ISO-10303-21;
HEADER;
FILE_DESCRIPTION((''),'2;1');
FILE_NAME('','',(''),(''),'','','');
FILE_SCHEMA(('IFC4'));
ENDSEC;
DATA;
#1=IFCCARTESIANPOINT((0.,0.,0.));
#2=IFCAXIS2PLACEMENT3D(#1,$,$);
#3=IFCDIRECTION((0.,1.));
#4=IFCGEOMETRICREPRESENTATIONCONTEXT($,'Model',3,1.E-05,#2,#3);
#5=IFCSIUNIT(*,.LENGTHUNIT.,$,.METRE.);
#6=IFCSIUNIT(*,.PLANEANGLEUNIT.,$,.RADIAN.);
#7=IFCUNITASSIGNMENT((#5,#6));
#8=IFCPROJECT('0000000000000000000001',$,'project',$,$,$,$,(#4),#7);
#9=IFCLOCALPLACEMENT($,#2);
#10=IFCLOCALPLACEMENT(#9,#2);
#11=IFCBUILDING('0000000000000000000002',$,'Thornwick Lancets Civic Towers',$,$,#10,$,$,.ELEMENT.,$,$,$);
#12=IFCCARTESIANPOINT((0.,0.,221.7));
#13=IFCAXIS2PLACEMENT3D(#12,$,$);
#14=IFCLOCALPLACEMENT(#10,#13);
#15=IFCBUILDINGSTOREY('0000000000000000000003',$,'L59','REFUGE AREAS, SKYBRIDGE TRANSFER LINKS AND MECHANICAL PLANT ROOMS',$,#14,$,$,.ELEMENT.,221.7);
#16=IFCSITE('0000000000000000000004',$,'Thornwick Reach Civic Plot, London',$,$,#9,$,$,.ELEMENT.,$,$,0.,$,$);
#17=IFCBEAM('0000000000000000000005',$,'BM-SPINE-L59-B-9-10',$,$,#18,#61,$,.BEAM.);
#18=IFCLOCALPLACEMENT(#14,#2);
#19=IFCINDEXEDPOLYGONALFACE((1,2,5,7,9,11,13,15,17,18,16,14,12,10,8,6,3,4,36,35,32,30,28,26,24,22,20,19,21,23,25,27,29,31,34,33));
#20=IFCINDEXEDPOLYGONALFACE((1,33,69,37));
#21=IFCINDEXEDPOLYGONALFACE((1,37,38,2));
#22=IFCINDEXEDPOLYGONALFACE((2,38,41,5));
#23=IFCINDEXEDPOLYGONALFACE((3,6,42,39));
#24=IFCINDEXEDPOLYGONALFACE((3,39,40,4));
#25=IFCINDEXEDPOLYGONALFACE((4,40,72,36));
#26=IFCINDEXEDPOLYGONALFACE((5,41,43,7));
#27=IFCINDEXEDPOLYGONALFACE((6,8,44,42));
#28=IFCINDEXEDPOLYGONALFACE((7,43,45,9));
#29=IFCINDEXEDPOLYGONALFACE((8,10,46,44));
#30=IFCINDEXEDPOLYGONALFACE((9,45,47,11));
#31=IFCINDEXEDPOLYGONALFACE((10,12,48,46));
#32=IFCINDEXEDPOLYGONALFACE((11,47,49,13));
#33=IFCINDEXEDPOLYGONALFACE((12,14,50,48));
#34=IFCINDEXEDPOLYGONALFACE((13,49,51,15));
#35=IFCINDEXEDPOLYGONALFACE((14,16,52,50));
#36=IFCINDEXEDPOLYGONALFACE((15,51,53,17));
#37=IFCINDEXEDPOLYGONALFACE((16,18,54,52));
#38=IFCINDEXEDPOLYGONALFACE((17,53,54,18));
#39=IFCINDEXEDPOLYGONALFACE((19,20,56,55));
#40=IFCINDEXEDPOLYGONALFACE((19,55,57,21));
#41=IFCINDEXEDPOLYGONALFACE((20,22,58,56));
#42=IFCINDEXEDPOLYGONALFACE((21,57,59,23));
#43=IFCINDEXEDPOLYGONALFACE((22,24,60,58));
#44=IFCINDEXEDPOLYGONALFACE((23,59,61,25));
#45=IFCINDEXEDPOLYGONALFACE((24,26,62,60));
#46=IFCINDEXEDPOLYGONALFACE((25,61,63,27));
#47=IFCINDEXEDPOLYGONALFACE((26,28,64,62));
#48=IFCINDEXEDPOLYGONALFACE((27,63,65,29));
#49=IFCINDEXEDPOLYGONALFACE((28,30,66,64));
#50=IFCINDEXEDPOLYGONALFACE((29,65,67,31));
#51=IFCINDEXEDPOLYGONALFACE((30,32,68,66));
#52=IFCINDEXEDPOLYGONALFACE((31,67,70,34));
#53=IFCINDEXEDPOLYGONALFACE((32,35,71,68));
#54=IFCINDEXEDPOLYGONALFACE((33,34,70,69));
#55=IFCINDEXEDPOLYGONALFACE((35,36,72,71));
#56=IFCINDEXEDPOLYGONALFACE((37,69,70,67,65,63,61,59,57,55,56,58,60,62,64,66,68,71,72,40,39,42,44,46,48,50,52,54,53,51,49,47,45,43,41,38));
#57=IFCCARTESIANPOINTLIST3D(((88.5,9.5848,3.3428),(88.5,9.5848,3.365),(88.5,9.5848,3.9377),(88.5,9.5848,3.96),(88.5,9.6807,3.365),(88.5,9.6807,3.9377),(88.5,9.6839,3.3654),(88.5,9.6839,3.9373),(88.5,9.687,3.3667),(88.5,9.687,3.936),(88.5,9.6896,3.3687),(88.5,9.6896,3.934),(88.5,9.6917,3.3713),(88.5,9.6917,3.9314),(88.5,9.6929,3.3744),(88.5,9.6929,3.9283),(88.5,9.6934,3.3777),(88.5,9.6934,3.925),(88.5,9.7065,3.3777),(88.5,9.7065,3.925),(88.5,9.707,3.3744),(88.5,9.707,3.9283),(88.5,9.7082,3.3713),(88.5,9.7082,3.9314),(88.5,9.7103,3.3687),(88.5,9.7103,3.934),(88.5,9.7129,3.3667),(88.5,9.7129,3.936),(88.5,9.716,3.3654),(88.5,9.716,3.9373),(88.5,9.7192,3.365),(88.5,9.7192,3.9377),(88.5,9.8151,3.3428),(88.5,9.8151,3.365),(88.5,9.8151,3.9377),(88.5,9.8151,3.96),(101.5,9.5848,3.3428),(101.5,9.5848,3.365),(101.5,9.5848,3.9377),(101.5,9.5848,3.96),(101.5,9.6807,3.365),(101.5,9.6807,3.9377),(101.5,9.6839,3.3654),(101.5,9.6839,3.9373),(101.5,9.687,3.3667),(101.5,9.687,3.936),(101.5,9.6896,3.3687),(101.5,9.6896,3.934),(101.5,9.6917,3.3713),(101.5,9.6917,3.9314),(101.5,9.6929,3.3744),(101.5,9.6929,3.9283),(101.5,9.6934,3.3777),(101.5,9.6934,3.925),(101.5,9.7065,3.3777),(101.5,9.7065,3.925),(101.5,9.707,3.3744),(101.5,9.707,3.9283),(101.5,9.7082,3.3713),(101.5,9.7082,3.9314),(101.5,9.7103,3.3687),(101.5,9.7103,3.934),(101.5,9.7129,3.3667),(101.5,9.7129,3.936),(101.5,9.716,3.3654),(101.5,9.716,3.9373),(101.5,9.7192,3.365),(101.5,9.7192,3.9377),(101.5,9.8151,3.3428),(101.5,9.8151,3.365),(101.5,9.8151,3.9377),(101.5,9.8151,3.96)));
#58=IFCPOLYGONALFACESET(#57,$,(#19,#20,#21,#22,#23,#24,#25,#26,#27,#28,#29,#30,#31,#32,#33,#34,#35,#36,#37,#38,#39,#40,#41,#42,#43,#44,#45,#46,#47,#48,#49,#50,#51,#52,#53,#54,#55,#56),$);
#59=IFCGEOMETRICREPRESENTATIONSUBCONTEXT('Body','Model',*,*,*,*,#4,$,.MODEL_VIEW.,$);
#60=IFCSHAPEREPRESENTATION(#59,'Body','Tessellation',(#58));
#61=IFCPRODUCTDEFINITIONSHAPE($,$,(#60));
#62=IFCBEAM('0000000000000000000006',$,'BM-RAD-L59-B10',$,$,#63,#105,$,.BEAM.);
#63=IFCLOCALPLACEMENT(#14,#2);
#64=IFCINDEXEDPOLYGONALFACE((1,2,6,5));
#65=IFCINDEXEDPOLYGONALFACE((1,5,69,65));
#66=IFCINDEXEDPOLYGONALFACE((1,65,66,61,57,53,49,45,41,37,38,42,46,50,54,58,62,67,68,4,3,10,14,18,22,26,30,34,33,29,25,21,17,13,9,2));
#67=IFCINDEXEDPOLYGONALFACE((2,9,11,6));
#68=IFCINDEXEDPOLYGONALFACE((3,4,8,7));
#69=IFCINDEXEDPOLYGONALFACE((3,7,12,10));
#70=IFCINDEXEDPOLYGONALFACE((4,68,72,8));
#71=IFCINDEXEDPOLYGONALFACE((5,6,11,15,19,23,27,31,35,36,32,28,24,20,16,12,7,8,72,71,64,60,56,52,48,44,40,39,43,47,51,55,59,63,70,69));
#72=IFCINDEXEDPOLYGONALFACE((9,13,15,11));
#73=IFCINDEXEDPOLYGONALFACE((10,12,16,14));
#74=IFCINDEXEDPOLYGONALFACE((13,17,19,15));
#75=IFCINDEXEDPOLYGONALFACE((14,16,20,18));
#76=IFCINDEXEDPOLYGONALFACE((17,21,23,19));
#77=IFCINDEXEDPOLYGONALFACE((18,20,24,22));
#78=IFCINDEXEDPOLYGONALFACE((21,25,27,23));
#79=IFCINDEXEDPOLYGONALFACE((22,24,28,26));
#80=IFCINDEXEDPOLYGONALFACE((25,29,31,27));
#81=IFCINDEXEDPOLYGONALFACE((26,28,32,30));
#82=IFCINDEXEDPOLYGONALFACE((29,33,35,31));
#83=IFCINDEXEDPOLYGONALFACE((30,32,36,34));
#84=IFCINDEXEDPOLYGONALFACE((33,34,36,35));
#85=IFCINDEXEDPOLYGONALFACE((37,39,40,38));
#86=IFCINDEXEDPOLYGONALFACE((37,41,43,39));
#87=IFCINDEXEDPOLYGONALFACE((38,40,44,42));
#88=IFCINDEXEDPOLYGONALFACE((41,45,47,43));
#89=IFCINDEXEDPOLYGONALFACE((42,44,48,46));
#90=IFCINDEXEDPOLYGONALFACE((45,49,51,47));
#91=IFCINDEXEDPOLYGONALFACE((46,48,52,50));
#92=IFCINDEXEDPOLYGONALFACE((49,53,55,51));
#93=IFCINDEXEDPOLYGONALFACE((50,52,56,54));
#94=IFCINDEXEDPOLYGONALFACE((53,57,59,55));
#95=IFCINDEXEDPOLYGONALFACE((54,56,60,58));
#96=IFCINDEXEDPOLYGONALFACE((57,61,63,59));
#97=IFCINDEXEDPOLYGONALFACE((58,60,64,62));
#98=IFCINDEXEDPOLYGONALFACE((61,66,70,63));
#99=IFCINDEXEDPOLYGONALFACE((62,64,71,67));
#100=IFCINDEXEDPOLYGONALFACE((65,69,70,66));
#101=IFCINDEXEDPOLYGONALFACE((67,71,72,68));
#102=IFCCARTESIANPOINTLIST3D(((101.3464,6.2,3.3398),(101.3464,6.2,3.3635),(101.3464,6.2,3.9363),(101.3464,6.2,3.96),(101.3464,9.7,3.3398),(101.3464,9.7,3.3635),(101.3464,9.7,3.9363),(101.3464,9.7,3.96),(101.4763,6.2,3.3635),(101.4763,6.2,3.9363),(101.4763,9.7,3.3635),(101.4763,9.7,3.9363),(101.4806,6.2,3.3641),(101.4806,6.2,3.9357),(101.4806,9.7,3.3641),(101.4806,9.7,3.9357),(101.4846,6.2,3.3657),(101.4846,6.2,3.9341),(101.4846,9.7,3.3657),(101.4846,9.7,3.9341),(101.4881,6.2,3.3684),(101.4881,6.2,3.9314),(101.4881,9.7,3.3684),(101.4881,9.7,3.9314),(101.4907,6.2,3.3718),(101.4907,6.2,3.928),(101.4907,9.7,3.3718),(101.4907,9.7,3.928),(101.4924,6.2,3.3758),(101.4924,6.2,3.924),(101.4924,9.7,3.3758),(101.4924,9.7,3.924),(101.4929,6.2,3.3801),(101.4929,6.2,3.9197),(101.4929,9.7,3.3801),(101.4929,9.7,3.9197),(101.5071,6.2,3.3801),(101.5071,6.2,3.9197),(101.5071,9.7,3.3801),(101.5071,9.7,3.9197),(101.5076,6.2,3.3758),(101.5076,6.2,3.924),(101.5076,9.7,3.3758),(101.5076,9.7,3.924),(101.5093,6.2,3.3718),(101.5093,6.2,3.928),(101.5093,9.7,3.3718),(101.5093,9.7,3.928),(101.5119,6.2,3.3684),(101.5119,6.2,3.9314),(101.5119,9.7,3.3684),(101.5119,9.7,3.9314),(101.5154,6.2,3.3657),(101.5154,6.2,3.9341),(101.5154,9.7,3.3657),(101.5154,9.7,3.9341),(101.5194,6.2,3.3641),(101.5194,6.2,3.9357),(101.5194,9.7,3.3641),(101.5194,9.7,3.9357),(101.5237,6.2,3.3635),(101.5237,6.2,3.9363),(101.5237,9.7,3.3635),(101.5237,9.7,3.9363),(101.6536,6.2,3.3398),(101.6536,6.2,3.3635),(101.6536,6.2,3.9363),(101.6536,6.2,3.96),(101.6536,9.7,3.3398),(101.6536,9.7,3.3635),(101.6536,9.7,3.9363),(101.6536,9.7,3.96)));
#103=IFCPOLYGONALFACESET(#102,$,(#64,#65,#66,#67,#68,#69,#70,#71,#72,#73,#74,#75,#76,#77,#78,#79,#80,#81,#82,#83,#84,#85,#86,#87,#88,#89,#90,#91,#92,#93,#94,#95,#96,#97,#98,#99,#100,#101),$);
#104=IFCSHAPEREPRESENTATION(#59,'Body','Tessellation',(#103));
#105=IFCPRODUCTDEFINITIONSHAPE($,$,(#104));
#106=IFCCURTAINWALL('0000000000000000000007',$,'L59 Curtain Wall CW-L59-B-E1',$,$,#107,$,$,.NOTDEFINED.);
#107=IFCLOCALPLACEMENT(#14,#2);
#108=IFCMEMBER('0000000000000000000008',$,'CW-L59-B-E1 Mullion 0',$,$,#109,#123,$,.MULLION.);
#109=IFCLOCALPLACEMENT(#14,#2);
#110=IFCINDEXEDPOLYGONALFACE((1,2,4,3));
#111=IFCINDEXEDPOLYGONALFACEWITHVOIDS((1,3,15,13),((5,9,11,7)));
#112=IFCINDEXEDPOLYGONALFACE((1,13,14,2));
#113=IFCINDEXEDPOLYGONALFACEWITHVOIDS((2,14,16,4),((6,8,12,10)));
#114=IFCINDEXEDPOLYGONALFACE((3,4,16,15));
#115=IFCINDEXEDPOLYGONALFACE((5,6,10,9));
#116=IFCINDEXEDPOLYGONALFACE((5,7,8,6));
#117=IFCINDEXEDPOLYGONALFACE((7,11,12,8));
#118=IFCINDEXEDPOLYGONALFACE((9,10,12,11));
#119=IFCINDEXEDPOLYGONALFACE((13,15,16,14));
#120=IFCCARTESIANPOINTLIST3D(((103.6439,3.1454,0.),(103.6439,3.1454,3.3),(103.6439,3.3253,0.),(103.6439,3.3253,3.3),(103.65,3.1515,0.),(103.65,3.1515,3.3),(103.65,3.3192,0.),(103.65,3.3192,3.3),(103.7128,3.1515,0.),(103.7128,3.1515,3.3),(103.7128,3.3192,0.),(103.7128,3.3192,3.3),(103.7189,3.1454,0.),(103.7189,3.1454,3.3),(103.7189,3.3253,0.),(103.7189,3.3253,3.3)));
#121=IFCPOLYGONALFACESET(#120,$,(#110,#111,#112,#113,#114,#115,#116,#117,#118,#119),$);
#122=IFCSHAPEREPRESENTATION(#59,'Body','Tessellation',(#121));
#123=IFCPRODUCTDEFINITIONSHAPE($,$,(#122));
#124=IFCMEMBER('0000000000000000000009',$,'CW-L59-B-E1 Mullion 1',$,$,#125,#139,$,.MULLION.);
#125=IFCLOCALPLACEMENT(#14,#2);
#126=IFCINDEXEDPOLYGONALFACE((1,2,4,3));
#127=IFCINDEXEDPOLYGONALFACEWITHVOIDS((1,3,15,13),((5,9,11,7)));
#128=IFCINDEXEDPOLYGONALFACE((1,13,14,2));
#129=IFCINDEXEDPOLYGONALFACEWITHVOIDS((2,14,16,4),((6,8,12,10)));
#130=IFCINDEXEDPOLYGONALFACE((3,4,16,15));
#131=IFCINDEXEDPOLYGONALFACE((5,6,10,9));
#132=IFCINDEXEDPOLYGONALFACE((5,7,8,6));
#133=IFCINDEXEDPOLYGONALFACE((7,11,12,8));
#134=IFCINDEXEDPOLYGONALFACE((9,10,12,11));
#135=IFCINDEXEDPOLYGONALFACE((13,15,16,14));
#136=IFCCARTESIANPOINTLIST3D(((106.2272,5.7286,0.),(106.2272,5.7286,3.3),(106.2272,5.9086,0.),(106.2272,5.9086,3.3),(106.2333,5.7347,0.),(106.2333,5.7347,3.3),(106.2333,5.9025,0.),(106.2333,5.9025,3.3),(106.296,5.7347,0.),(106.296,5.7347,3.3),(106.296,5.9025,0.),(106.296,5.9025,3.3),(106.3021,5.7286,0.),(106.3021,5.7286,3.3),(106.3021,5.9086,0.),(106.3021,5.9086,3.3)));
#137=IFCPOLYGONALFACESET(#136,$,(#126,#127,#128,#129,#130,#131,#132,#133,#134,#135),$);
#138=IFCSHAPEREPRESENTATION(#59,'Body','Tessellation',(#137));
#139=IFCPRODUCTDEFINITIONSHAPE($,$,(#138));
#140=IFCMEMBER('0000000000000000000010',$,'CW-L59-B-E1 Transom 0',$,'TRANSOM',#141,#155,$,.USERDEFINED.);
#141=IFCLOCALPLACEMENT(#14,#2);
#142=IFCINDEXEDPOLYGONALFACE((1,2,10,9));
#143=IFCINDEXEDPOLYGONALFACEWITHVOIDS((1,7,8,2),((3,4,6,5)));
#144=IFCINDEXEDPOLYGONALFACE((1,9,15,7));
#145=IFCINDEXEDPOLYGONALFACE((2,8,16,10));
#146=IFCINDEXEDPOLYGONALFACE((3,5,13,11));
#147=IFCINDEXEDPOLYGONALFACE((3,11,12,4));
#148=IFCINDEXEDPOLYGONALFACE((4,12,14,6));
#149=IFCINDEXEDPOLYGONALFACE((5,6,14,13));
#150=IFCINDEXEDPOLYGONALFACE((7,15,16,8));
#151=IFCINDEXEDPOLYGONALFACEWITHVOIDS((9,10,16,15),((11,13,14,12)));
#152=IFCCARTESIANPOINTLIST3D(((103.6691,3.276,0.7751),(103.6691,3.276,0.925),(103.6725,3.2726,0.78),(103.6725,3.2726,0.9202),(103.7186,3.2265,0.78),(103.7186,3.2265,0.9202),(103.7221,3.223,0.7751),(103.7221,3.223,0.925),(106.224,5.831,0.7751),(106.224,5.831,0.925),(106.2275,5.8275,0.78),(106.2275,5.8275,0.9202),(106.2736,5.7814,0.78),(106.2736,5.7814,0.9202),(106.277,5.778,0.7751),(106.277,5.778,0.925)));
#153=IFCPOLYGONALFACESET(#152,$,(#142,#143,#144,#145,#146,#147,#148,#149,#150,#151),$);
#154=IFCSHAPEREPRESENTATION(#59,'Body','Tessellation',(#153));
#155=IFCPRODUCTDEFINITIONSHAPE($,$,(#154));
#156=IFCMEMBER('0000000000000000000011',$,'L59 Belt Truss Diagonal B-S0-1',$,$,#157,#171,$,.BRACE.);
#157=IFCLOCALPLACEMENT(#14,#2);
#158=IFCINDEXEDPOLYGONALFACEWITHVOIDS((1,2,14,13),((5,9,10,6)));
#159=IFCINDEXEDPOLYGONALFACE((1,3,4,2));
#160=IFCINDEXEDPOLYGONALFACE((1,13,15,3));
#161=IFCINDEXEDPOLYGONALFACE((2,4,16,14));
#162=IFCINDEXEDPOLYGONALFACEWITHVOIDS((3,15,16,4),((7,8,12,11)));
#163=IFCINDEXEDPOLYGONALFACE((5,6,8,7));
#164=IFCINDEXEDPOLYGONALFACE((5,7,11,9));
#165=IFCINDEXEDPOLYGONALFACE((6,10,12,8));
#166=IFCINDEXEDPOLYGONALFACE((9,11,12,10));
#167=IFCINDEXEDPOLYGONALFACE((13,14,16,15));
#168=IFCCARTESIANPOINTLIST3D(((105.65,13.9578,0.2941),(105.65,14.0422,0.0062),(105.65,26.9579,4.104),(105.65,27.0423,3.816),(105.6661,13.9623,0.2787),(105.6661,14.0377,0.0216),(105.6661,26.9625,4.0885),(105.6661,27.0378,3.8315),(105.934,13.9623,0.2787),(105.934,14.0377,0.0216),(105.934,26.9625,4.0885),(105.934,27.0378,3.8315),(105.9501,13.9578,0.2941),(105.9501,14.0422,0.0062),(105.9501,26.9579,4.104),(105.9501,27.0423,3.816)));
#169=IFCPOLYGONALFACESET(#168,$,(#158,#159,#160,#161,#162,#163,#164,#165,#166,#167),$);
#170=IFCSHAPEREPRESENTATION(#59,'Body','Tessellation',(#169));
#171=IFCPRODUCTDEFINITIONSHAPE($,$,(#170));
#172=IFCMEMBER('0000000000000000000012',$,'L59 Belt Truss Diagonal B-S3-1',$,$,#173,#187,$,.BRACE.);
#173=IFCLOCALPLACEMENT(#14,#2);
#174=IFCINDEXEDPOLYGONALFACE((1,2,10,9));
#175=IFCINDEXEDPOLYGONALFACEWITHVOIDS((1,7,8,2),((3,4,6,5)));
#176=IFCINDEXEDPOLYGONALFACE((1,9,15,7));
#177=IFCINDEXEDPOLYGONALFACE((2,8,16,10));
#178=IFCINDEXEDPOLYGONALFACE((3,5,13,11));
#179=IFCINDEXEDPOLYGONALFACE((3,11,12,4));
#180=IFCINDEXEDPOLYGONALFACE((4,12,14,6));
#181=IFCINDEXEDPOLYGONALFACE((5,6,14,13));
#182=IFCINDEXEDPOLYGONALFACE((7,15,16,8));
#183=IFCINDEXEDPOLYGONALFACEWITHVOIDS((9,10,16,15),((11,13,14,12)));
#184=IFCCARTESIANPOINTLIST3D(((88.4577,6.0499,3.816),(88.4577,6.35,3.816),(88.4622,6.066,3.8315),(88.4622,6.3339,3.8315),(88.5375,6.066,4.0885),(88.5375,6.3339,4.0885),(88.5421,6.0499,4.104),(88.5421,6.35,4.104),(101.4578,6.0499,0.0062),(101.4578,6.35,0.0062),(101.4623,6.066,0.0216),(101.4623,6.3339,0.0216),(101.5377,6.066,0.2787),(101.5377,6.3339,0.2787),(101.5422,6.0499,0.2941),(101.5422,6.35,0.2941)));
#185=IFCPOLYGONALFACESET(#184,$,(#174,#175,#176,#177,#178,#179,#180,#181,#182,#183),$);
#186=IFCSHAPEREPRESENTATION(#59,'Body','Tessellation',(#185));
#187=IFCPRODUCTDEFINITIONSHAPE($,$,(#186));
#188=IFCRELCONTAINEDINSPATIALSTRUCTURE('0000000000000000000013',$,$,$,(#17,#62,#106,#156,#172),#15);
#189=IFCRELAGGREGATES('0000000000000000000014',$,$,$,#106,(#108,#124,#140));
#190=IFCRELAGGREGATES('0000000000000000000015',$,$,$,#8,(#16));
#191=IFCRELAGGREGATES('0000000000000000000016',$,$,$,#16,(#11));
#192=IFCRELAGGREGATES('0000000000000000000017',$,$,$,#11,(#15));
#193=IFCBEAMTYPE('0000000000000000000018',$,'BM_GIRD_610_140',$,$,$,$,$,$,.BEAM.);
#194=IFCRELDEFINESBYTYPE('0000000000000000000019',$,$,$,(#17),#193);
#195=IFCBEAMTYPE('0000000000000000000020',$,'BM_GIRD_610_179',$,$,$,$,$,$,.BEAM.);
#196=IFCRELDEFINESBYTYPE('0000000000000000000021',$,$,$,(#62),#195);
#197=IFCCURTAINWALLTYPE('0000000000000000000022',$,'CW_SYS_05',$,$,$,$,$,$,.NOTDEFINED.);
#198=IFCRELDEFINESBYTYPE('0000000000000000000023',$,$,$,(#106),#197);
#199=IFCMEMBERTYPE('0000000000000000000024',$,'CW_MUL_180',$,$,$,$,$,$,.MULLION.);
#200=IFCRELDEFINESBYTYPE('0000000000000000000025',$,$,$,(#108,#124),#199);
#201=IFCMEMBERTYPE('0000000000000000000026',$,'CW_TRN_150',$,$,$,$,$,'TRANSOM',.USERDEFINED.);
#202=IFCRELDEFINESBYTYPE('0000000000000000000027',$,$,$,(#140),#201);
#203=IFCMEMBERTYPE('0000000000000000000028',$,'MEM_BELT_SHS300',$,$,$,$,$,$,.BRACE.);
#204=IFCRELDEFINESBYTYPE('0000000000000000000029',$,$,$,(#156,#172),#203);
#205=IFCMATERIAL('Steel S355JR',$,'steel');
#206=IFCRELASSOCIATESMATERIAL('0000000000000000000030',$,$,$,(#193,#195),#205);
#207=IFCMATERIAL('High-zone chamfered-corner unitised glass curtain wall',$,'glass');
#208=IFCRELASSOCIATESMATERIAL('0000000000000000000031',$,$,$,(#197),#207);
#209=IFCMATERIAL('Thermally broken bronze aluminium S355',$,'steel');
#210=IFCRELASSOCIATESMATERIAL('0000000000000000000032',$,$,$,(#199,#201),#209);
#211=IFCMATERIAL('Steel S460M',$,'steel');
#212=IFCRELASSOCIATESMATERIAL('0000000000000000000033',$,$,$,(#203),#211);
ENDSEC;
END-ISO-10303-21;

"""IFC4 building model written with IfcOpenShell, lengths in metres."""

from ifc_helpers import new_model, si_unit, direction, frame, origin, origin_2d, place, context, subcontext, project, spatial, hollow_rectangle, i_section, extrude, material, material_profile, profile_set, type_object, element, aggregate, save


model = new_model("IFC4")

# Units and contexts
model_context = context("Model", 3, precision=1e-05, world=origin(), true_north=direction((0.0, 1.0)))
body_context = subcontext(model_context, "Body", "Model", "MODEL_VIEW")
ifc_project = project(units=[si_unit("LENGTHUNIT", "METRE"), si_unit("PLANEANGLEUNIT", "RADIAN")], contexts=[model_context])

# Site, building, storey
site_placement = place(None, origin())
site = spatial("IfcSite", under=ifc_project, at=site_placement, Name="Thornwick Reach Civic Plot, London", CompositionType="ELEMENT", RefElevation=0.0)
building_placement = place(site_placement, origin())
building = spatial("IfcBuilding", under=site, at=building_placement, Name="Thornwick Lancets Civic Towers", CompositionType="ELEMENT")
storey_placement = place(building_placement, frame((0.0, 0.0, 221.7)))
storey = spatial("IfcBuildingStorey", under=building, at=storey_placement, Name="L59", Description="REFUGE AREAS, SKYBRIDGE TRANSFER LINKS AND MECHANICAL PLANT ROOMS", CompositionType="ELEMENT", Elevation=221.7)

# Shared definitions
ifc_material_1 = material(Name="Steel S355JR", Category="steel")

# Beams
ifc_material_profile_1 = material_profile(ifc_material_1, i_section(OverallWidth=0.2302, OverallDepth=0.6172, WebThickness=0.0132, FlangeThickness=0.0222, FilletRadius=0.0127, at=origin_2d()), Name="UKB 610x229x140")
ifc_profile_set_1 = profile_set([ifc_material_profile_1], Name="Steel S355JR")
beam_type_1 = type_object("IfcBeamType", Name="BM_GIRD_610_140", PredefinedType="BEAM", material=ifc_profile_set_1)
for number, where, z_axis, x_axis, name in (
    (1, (101.5, 9.7, 3.6514), (-1.0, 0.0, 0.0), (0.0, -1.0, 0.0), "BM-SPINE-L59-B-9-10"),
):
    element("IfcBeam", number, at=place(storey_placement, frame(where, z_axis=z_axis, x_axis=x_axis)), inside=storey, type_object=beam_type_1, Name=name, PredefinedType="BEAM", context=body_context, shape_type="SweptSolid", body=[
        extrude(i_section(OverallWidth=0.2302, OverallDepth=0.6172, WebThickness=0.0132, FlangeThickness=0.0222, FilletRadius=0.0127, at=origin_2d()), origin(), (0.0, 0.0, 1.0), 13.0),
    ])
ifc_material_profile_2 = material_profile(ifc_material_1, i_section(OverallWidth=0.3071, OverallDepth=0.6201, WebThickness=0.0142, FlangeThickness=0.0237, FilletRadius=0.0166, at=origin_2d()), Name="UKB 610x305x179")
ifc_profile_set_2 = profile_set([ifc_material_profile_2], Name="Steel S355JR")
beam_type_2 = type_object("IfcBeamType", Name="BM_GIRD_610_179", PredefinedType="BEAM", material=ifc_profile_set_2)
beam_1_placement = place(storey_placement, frame((101.5, 9.7, 3.6499), z_axis=(0.0, -1.0, 0.0), x_axis=(1.0, 0.0, 0.0)))
element("IfcBeam", 2, at=beam_1_placement, inside=storey, type_object=beam_type_2, Name="BM-RAD-L59-B10", PredefinedType="BEAM", context=body_context, shape_type="SweptSolid", body=[
    extrude(i_section(OverallWidth=0.3071, OverallDepth=0.6201, WebThickness=0.0142, FlangeThickness=0.0237, FilletRadius=0.0166, at=origin_2d()), origin(), (0.0, 0.0, 1.0), 3.5),
])

# Curtain wall, members
ifc_material_2 = material(Name="High-zone chamfered-corner unitised glass curtain wall", Category="glass")
curtain_wall_type = type_object("IfcCurtainWallType", Name="CW_SYS_05", PredefinedType="NOTDEFINED", material=ifc_material_2)
curtain_wall_placement = place(storey_placement, origin())
curtain_wall = element("IfcCurtainWall", 3, at=curtain_wall_placement, inside=storey, type_object=curtain_wall_type, Name="L59 Curtain Wall CW-L59-B-E1", PredefinedType="NOTDEFINED")
ifc_material_3 = material(Name="Thermally broken bronze aluminium S355", Category="steel")
ifc_material_profile_3 = material_profile(ifc_material_3, hollow_rectangle(XDim=0.075, YDim=0.1799, WallThickness=0.0061, at=origin_2d()), Name="RHS 180x75x6")
ifc_profile_set_3 = profile_set([ifc_material_profile_3], Name="Thermally broken bronze aluminium S355")
member_type_1 = type_object("IfcMemberType", Name="CW_MUL_180", PredefinedType="MULLION", material=ifc_profile_set_3)
member_1_placement = place(storey_placement, frame((103.6814, 3.2354, 0.0), z_axis=(0.0, 0.0, 1.0), x_axis=(1.0, 0.0, 0.0)))
member_1 = element("IfcMember", 4, at=member_1_placement, type_object=member_type_1, Name="CW-L59-B-E1 Mullion 0", PredefinedType="MULLION", context=body_context, shape_type="SweptSolid", body=[
    extrude(hollow_rectangle(XDim=0.075, YDim=0.1799, WallThickness=0.0061, at=origin_2d()), origin(), (0.0, 0.0, 1.0), 3.3),
])
member_2_placement = place(storey_placement, frame((106.2646, 5.8186, 0.0), z_axis=(0.0, 0.0, 1.0), x_axis=(1.0, 0.0, 0.0)))
member_2 = element("IfcMember", 5, at=member_2_placement, type_object=member_type_1, Name="CW-L59-B-E1 Mullion 1", PredefinedType="MULLION", context=body_context, shape_type="SweptSolid", body=[
    extrude(hollow_rectangle(XDim=0.075, YDim=0.1799, WallThickness=0.0061, at=origin_2d()), origin(), (0.0, 0.0, 1.0), 3.3),
])
ifc_material_profile_4 = material_profile(ifc_material_3, hollow_rectangle(XDim=0.075, YDim=0.1499, WallThickness=0.0049, at=origin_2d()), Name="RHS 150x75x5")
ifc_profile_set_4 = profile_set([ifc_material_profile_4], Name="Thermally broken bronze aluminium S355")
member_type_2 = type_object("IfcMemberType", Name="CW_TRN_150", ElementType="TRANSOM", PredefinedType="USERDEFINED", material=ifc_profile_set_4)
member_3_placement = place(storey_placement, frame((103.6956, 3.2495, 0.8501), z_axis=(0.707107, 0.707107, 0.0), x_axis=(-0.707107, 0.707107, 0.0)))
member_3 = element("IfcMember", 6, at=member_3_placement, type_object=member_type_2, Name="CW-L59-B-E1 Transom 0", ObjectType="TRANSOM", PredefinedType="USERDEFINED", context=body_context, shape_type="SweptSolid", body=[
    extrude(hollow_rectangle(XDim=0.075, YDim=0.1499, WallThickness=0.0049, at=origin_2d()), origin(), (0.0, 0.0, 1.0), 3.6133),
])

# Members
ifc_material_4 = material(Name="Steel S460M", Category="steel")
ifc_material_profile_5 = material_profile(ifc_material_4, hollow_rectangle(XDim=0.3, YDim=0.3, WallThickness=0.0161, at=origin_2d()), Name="SHS 300x300x16")
ifc_profile_set_5 = profile_set([ifc_material_profile_5], Name="Steel S460M")
member_type_3 = type_object("IfcMemberType", Name="MEM_BELT_SHS300", PredefinedType="BRACE", material=ifc_profile_set_5)
for number, where, z_axis, x_axis, name in (
    (7, (105.8, 14.0, 0.1501), (0.0, 0.959639, 0.281234), (-1.0, 0.0, 0.0), "L59 Belt Truss Diagonal B-S0-1"),
    (8, (101.5, 6.2, 0.1501), (-0.959639, 0.0, 0.281234), (0.0, -1.0, 0.0), "L59 Belt Truss Diagonal B-S3-1"),
):
    element("IfcMember", number, at=place(storey_placement, frame(where, z_axis=z_axis, x_axis=x_axis)), inside=storey, type_object=member_type_3, Name=name, PredefinedType="BRACE", context=body_context, shape_type="SweptSolid", body=[
        extrude(hollow_rectangle(XDim=0.3, YDim=0.3, WallThickness=0.0161, at=origin_2d()), origin(), (0.0, 0.0, 1.0), 13.5469),
    ])

aggregate(curtain_wall, [member_1, member_2, member_3])

save(model, "model.ifc")
